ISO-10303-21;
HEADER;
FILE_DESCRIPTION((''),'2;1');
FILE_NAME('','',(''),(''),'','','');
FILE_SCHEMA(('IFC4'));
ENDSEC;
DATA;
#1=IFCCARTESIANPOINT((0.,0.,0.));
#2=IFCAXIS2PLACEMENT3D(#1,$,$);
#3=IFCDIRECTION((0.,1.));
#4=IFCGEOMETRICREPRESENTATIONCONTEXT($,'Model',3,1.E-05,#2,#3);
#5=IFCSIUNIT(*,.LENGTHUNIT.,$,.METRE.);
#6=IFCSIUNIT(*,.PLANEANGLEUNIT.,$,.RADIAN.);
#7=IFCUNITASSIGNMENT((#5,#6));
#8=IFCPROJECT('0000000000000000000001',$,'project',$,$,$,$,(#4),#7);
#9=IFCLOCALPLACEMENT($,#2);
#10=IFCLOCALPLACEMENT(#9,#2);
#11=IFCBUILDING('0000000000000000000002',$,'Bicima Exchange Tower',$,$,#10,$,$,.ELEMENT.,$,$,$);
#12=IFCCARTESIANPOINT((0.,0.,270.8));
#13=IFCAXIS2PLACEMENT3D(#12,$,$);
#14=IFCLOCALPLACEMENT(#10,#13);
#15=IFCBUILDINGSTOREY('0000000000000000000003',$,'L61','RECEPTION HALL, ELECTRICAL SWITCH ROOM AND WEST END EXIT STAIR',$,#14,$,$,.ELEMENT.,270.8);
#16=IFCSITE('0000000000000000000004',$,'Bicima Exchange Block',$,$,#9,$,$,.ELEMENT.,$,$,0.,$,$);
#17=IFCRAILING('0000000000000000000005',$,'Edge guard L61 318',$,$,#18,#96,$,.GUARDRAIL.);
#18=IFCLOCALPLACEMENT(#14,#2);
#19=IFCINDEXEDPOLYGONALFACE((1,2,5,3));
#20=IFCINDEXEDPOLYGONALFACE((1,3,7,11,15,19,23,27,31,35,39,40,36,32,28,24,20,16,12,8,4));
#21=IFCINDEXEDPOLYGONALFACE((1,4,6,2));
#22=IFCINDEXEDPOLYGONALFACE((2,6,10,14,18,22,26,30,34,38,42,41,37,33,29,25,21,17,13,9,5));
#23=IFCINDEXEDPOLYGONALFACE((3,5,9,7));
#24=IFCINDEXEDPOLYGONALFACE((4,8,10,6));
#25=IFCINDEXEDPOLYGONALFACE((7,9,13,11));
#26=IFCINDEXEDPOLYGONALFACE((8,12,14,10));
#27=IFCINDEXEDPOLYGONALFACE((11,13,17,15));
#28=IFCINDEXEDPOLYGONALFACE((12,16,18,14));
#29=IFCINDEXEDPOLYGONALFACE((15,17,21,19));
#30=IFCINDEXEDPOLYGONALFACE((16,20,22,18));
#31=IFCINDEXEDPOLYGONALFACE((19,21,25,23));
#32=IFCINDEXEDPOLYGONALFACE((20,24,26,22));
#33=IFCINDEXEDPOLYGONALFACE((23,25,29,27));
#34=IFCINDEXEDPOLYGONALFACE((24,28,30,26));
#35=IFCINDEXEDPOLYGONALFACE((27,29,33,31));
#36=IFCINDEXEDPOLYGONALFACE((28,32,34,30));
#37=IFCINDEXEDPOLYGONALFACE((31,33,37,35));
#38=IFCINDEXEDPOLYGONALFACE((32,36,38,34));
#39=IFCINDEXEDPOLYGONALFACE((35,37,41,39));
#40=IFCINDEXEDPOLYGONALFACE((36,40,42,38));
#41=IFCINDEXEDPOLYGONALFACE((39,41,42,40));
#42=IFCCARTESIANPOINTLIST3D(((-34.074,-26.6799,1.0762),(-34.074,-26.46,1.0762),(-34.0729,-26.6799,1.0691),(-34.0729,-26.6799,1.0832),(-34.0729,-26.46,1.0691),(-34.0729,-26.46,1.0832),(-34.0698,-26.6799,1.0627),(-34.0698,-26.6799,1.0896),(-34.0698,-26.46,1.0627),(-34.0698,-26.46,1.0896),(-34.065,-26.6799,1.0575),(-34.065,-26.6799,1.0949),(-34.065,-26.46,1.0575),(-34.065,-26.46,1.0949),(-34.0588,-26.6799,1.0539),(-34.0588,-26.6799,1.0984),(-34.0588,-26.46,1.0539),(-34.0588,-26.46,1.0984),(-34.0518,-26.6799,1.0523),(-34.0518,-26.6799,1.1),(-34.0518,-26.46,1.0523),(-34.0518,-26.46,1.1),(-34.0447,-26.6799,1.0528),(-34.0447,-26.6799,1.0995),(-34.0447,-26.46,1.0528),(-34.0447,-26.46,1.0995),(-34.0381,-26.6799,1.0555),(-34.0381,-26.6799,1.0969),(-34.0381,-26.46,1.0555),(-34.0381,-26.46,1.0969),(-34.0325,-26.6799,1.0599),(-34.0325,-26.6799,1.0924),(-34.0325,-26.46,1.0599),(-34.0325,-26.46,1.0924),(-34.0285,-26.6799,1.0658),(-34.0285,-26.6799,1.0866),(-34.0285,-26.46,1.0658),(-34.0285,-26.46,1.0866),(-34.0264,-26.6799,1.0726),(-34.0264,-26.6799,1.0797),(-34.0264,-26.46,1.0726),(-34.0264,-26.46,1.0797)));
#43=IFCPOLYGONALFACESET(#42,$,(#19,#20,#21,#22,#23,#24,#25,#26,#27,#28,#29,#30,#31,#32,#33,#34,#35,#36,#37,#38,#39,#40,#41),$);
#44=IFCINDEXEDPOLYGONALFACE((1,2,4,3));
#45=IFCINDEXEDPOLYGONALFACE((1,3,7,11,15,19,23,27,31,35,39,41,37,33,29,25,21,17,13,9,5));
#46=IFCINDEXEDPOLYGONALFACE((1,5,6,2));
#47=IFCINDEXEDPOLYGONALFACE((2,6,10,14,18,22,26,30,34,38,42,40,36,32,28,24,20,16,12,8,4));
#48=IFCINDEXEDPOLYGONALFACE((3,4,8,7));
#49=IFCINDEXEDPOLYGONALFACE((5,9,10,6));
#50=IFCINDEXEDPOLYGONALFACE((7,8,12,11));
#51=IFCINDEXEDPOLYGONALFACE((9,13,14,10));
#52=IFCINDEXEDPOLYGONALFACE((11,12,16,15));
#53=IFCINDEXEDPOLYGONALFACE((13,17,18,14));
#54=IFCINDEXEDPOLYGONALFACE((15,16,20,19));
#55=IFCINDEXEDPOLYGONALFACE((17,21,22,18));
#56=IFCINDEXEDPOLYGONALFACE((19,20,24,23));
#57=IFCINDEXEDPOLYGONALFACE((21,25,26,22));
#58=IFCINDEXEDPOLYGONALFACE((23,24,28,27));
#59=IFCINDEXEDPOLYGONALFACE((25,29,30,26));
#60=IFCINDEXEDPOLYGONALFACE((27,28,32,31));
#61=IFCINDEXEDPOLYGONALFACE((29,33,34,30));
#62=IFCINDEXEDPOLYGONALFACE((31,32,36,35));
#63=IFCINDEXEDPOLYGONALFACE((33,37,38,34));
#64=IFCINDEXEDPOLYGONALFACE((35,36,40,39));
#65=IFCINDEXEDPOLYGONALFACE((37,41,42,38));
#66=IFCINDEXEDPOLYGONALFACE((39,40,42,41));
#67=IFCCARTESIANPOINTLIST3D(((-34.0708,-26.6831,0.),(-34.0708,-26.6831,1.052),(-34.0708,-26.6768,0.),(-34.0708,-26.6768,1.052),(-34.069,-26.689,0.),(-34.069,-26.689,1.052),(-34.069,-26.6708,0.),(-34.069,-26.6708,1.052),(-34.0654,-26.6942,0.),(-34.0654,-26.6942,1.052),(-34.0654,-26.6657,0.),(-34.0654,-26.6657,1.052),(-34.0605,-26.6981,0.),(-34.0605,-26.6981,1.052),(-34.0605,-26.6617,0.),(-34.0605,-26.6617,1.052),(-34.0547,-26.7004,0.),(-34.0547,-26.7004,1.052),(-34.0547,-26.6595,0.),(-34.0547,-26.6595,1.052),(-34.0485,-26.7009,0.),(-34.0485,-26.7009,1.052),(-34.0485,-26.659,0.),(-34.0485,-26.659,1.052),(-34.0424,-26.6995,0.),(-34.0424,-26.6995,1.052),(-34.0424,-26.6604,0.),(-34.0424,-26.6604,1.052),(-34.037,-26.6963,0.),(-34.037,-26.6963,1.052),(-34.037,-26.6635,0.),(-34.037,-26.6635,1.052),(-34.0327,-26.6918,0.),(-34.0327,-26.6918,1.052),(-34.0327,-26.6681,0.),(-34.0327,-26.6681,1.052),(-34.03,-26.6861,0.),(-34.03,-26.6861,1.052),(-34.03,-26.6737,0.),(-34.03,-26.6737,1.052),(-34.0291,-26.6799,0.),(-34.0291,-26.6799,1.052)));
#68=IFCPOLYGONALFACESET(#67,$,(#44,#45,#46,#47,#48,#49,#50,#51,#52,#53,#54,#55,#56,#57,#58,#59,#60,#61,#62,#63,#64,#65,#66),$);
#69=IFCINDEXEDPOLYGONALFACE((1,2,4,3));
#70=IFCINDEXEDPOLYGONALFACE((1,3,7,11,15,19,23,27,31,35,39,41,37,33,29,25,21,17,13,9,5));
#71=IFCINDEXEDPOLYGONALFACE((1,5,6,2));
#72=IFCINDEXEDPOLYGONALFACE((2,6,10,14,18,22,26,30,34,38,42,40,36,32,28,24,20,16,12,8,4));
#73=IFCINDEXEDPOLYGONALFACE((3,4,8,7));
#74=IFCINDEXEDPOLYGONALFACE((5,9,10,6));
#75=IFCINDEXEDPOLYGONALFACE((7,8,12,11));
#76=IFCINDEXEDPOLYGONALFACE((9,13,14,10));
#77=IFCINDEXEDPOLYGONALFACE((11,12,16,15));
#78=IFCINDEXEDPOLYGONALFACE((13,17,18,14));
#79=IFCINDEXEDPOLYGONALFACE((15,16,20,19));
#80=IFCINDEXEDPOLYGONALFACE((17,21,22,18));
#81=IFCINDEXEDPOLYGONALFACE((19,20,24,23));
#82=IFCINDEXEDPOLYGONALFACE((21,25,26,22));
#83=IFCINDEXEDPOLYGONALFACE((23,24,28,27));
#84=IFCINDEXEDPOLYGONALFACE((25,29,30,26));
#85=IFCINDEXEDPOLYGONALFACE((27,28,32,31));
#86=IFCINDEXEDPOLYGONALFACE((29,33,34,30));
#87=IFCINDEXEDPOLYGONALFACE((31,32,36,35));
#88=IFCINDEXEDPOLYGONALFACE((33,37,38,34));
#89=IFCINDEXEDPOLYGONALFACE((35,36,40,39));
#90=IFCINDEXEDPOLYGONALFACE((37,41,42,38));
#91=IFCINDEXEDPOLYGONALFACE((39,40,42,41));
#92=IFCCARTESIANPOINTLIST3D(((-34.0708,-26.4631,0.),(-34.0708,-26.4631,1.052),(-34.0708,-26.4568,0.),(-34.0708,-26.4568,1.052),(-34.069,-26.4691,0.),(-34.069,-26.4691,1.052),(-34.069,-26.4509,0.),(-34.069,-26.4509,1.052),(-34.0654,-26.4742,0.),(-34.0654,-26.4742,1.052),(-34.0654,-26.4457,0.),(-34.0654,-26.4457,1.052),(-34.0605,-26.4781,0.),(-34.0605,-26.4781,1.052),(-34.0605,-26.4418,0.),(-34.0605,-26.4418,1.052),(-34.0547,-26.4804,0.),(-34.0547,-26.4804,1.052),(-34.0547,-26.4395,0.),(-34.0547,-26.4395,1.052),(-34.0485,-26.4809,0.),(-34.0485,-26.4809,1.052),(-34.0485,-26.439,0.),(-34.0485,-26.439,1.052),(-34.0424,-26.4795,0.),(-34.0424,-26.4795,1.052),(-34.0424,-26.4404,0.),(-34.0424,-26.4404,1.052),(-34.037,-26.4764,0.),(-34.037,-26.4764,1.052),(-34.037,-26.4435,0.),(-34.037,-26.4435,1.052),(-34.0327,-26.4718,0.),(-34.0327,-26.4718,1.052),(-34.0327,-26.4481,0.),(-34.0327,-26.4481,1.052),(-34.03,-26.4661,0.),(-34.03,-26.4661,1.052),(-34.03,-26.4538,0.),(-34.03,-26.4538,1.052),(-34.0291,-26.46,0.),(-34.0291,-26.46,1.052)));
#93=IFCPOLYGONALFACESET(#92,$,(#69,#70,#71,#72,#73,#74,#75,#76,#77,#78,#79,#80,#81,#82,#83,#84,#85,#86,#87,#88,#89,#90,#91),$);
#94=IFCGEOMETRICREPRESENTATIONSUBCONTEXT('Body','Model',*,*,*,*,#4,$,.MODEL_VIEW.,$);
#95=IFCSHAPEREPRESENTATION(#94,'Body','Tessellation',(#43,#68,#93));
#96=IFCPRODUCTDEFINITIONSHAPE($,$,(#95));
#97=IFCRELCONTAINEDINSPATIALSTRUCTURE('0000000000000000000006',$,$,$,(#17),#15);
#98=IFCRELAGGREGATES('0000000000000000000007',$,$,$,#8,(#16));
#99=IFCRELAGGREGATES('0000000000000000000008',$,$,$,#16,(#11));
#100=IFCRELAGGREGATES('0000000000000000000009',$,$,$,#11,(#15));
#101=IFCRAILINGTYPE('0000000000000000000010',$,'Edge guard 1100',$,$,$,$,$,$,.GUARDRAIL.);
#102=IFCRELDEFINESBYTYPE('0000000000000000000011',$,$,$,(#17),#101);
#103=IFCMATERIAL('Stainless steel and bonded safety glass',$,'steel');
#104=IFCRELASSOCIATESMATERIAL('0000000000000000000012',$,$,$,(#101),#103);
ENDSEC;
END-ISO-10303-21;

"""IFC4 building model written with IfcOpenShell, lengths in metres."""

from ifc_helpers import new_model, si_unit, direction, frame, origin, origin_2d, place, context, subcontext, project, spatial, circle, extrude, material, type_object, element, save


model = new_model("IFC4")

# Units and contexts
model_context = context("Model", 3, precision=1e-05, world=origin(), true_north=direction((0.0, 1.0)))
body_context = subcontext(model_context, "Body", "Model", "MODEL_VIEW")
ifc_project = project(units=[si_unit("LENGTHUNIT", "METRE"), si_unit("PLANEANGLEUNIT", "RADIAN")], contexts=[model_context])

# Site, building, storey
site_placement = place(None, origin())
site = spatial("IfcSite", under=ifc_project, at=site_placement, Name="Bicima Exchange Block", CompositionType="ELEMENT", RefElevation=0.0)
building_placement = place(site_placement, origin())
building = spatial("IfcBuilding", under=site, at=building_placement, Name="Bicima Exchange Tower", CompositionType="ELEMENT")
storey_placement = place(building_placement, frame((0.0, 0.0, 270.8)))
storey = spatial("IfcBuildingStorey", under=building, at=storey_placement, Name="L61", Description="RECEPTION HALL, ELECTRICAL SWITCH ROOM AND WEST END EXIT STAIR", CompositionType="ELEMENT", Elevation=270.8)

# Railing
ifc_material_1 = material(Name="Stainless steel and bonded safety glass", Category="steel")
railing_type = type_object("IfcRailingType", Name="Edge guard 1100", PredefinedType="GUARDRAIL", material=ifc_material_1)
railing_1_placement = place(storey_placement, frame((-34.05, -26.6799, 0.0)))
element("IfcRailing", 1, at=railing_1_placement, inside=storey, type_object=railing_type, Name="Edge guard L61 318", PredefinedType="GUARDRAIL", context=body_context, shape_type="SweptSolid", body=[
    extrude(circle(Radius=0.0239, at=origin_2d()), frame((0.0, 0.0, 1.0762), z_axis=(0.0, 1.0, 0.0), x_axis=(-1.0, 0.0, 0.0)), (0.0, 0.0, 1.0), 0.22),
    extrude(circle(Radius=0.021, at=origin_2d()), origin(), (0.0, 0.0, 1.0), 1.052),
    extrude(circle(Radius=0.021, at=origin_2d()), frame((0.0, 0.22, 0.0)), (0.0, 0.0, 1.0), 1.052),
])

save(model, "model.ifc")
